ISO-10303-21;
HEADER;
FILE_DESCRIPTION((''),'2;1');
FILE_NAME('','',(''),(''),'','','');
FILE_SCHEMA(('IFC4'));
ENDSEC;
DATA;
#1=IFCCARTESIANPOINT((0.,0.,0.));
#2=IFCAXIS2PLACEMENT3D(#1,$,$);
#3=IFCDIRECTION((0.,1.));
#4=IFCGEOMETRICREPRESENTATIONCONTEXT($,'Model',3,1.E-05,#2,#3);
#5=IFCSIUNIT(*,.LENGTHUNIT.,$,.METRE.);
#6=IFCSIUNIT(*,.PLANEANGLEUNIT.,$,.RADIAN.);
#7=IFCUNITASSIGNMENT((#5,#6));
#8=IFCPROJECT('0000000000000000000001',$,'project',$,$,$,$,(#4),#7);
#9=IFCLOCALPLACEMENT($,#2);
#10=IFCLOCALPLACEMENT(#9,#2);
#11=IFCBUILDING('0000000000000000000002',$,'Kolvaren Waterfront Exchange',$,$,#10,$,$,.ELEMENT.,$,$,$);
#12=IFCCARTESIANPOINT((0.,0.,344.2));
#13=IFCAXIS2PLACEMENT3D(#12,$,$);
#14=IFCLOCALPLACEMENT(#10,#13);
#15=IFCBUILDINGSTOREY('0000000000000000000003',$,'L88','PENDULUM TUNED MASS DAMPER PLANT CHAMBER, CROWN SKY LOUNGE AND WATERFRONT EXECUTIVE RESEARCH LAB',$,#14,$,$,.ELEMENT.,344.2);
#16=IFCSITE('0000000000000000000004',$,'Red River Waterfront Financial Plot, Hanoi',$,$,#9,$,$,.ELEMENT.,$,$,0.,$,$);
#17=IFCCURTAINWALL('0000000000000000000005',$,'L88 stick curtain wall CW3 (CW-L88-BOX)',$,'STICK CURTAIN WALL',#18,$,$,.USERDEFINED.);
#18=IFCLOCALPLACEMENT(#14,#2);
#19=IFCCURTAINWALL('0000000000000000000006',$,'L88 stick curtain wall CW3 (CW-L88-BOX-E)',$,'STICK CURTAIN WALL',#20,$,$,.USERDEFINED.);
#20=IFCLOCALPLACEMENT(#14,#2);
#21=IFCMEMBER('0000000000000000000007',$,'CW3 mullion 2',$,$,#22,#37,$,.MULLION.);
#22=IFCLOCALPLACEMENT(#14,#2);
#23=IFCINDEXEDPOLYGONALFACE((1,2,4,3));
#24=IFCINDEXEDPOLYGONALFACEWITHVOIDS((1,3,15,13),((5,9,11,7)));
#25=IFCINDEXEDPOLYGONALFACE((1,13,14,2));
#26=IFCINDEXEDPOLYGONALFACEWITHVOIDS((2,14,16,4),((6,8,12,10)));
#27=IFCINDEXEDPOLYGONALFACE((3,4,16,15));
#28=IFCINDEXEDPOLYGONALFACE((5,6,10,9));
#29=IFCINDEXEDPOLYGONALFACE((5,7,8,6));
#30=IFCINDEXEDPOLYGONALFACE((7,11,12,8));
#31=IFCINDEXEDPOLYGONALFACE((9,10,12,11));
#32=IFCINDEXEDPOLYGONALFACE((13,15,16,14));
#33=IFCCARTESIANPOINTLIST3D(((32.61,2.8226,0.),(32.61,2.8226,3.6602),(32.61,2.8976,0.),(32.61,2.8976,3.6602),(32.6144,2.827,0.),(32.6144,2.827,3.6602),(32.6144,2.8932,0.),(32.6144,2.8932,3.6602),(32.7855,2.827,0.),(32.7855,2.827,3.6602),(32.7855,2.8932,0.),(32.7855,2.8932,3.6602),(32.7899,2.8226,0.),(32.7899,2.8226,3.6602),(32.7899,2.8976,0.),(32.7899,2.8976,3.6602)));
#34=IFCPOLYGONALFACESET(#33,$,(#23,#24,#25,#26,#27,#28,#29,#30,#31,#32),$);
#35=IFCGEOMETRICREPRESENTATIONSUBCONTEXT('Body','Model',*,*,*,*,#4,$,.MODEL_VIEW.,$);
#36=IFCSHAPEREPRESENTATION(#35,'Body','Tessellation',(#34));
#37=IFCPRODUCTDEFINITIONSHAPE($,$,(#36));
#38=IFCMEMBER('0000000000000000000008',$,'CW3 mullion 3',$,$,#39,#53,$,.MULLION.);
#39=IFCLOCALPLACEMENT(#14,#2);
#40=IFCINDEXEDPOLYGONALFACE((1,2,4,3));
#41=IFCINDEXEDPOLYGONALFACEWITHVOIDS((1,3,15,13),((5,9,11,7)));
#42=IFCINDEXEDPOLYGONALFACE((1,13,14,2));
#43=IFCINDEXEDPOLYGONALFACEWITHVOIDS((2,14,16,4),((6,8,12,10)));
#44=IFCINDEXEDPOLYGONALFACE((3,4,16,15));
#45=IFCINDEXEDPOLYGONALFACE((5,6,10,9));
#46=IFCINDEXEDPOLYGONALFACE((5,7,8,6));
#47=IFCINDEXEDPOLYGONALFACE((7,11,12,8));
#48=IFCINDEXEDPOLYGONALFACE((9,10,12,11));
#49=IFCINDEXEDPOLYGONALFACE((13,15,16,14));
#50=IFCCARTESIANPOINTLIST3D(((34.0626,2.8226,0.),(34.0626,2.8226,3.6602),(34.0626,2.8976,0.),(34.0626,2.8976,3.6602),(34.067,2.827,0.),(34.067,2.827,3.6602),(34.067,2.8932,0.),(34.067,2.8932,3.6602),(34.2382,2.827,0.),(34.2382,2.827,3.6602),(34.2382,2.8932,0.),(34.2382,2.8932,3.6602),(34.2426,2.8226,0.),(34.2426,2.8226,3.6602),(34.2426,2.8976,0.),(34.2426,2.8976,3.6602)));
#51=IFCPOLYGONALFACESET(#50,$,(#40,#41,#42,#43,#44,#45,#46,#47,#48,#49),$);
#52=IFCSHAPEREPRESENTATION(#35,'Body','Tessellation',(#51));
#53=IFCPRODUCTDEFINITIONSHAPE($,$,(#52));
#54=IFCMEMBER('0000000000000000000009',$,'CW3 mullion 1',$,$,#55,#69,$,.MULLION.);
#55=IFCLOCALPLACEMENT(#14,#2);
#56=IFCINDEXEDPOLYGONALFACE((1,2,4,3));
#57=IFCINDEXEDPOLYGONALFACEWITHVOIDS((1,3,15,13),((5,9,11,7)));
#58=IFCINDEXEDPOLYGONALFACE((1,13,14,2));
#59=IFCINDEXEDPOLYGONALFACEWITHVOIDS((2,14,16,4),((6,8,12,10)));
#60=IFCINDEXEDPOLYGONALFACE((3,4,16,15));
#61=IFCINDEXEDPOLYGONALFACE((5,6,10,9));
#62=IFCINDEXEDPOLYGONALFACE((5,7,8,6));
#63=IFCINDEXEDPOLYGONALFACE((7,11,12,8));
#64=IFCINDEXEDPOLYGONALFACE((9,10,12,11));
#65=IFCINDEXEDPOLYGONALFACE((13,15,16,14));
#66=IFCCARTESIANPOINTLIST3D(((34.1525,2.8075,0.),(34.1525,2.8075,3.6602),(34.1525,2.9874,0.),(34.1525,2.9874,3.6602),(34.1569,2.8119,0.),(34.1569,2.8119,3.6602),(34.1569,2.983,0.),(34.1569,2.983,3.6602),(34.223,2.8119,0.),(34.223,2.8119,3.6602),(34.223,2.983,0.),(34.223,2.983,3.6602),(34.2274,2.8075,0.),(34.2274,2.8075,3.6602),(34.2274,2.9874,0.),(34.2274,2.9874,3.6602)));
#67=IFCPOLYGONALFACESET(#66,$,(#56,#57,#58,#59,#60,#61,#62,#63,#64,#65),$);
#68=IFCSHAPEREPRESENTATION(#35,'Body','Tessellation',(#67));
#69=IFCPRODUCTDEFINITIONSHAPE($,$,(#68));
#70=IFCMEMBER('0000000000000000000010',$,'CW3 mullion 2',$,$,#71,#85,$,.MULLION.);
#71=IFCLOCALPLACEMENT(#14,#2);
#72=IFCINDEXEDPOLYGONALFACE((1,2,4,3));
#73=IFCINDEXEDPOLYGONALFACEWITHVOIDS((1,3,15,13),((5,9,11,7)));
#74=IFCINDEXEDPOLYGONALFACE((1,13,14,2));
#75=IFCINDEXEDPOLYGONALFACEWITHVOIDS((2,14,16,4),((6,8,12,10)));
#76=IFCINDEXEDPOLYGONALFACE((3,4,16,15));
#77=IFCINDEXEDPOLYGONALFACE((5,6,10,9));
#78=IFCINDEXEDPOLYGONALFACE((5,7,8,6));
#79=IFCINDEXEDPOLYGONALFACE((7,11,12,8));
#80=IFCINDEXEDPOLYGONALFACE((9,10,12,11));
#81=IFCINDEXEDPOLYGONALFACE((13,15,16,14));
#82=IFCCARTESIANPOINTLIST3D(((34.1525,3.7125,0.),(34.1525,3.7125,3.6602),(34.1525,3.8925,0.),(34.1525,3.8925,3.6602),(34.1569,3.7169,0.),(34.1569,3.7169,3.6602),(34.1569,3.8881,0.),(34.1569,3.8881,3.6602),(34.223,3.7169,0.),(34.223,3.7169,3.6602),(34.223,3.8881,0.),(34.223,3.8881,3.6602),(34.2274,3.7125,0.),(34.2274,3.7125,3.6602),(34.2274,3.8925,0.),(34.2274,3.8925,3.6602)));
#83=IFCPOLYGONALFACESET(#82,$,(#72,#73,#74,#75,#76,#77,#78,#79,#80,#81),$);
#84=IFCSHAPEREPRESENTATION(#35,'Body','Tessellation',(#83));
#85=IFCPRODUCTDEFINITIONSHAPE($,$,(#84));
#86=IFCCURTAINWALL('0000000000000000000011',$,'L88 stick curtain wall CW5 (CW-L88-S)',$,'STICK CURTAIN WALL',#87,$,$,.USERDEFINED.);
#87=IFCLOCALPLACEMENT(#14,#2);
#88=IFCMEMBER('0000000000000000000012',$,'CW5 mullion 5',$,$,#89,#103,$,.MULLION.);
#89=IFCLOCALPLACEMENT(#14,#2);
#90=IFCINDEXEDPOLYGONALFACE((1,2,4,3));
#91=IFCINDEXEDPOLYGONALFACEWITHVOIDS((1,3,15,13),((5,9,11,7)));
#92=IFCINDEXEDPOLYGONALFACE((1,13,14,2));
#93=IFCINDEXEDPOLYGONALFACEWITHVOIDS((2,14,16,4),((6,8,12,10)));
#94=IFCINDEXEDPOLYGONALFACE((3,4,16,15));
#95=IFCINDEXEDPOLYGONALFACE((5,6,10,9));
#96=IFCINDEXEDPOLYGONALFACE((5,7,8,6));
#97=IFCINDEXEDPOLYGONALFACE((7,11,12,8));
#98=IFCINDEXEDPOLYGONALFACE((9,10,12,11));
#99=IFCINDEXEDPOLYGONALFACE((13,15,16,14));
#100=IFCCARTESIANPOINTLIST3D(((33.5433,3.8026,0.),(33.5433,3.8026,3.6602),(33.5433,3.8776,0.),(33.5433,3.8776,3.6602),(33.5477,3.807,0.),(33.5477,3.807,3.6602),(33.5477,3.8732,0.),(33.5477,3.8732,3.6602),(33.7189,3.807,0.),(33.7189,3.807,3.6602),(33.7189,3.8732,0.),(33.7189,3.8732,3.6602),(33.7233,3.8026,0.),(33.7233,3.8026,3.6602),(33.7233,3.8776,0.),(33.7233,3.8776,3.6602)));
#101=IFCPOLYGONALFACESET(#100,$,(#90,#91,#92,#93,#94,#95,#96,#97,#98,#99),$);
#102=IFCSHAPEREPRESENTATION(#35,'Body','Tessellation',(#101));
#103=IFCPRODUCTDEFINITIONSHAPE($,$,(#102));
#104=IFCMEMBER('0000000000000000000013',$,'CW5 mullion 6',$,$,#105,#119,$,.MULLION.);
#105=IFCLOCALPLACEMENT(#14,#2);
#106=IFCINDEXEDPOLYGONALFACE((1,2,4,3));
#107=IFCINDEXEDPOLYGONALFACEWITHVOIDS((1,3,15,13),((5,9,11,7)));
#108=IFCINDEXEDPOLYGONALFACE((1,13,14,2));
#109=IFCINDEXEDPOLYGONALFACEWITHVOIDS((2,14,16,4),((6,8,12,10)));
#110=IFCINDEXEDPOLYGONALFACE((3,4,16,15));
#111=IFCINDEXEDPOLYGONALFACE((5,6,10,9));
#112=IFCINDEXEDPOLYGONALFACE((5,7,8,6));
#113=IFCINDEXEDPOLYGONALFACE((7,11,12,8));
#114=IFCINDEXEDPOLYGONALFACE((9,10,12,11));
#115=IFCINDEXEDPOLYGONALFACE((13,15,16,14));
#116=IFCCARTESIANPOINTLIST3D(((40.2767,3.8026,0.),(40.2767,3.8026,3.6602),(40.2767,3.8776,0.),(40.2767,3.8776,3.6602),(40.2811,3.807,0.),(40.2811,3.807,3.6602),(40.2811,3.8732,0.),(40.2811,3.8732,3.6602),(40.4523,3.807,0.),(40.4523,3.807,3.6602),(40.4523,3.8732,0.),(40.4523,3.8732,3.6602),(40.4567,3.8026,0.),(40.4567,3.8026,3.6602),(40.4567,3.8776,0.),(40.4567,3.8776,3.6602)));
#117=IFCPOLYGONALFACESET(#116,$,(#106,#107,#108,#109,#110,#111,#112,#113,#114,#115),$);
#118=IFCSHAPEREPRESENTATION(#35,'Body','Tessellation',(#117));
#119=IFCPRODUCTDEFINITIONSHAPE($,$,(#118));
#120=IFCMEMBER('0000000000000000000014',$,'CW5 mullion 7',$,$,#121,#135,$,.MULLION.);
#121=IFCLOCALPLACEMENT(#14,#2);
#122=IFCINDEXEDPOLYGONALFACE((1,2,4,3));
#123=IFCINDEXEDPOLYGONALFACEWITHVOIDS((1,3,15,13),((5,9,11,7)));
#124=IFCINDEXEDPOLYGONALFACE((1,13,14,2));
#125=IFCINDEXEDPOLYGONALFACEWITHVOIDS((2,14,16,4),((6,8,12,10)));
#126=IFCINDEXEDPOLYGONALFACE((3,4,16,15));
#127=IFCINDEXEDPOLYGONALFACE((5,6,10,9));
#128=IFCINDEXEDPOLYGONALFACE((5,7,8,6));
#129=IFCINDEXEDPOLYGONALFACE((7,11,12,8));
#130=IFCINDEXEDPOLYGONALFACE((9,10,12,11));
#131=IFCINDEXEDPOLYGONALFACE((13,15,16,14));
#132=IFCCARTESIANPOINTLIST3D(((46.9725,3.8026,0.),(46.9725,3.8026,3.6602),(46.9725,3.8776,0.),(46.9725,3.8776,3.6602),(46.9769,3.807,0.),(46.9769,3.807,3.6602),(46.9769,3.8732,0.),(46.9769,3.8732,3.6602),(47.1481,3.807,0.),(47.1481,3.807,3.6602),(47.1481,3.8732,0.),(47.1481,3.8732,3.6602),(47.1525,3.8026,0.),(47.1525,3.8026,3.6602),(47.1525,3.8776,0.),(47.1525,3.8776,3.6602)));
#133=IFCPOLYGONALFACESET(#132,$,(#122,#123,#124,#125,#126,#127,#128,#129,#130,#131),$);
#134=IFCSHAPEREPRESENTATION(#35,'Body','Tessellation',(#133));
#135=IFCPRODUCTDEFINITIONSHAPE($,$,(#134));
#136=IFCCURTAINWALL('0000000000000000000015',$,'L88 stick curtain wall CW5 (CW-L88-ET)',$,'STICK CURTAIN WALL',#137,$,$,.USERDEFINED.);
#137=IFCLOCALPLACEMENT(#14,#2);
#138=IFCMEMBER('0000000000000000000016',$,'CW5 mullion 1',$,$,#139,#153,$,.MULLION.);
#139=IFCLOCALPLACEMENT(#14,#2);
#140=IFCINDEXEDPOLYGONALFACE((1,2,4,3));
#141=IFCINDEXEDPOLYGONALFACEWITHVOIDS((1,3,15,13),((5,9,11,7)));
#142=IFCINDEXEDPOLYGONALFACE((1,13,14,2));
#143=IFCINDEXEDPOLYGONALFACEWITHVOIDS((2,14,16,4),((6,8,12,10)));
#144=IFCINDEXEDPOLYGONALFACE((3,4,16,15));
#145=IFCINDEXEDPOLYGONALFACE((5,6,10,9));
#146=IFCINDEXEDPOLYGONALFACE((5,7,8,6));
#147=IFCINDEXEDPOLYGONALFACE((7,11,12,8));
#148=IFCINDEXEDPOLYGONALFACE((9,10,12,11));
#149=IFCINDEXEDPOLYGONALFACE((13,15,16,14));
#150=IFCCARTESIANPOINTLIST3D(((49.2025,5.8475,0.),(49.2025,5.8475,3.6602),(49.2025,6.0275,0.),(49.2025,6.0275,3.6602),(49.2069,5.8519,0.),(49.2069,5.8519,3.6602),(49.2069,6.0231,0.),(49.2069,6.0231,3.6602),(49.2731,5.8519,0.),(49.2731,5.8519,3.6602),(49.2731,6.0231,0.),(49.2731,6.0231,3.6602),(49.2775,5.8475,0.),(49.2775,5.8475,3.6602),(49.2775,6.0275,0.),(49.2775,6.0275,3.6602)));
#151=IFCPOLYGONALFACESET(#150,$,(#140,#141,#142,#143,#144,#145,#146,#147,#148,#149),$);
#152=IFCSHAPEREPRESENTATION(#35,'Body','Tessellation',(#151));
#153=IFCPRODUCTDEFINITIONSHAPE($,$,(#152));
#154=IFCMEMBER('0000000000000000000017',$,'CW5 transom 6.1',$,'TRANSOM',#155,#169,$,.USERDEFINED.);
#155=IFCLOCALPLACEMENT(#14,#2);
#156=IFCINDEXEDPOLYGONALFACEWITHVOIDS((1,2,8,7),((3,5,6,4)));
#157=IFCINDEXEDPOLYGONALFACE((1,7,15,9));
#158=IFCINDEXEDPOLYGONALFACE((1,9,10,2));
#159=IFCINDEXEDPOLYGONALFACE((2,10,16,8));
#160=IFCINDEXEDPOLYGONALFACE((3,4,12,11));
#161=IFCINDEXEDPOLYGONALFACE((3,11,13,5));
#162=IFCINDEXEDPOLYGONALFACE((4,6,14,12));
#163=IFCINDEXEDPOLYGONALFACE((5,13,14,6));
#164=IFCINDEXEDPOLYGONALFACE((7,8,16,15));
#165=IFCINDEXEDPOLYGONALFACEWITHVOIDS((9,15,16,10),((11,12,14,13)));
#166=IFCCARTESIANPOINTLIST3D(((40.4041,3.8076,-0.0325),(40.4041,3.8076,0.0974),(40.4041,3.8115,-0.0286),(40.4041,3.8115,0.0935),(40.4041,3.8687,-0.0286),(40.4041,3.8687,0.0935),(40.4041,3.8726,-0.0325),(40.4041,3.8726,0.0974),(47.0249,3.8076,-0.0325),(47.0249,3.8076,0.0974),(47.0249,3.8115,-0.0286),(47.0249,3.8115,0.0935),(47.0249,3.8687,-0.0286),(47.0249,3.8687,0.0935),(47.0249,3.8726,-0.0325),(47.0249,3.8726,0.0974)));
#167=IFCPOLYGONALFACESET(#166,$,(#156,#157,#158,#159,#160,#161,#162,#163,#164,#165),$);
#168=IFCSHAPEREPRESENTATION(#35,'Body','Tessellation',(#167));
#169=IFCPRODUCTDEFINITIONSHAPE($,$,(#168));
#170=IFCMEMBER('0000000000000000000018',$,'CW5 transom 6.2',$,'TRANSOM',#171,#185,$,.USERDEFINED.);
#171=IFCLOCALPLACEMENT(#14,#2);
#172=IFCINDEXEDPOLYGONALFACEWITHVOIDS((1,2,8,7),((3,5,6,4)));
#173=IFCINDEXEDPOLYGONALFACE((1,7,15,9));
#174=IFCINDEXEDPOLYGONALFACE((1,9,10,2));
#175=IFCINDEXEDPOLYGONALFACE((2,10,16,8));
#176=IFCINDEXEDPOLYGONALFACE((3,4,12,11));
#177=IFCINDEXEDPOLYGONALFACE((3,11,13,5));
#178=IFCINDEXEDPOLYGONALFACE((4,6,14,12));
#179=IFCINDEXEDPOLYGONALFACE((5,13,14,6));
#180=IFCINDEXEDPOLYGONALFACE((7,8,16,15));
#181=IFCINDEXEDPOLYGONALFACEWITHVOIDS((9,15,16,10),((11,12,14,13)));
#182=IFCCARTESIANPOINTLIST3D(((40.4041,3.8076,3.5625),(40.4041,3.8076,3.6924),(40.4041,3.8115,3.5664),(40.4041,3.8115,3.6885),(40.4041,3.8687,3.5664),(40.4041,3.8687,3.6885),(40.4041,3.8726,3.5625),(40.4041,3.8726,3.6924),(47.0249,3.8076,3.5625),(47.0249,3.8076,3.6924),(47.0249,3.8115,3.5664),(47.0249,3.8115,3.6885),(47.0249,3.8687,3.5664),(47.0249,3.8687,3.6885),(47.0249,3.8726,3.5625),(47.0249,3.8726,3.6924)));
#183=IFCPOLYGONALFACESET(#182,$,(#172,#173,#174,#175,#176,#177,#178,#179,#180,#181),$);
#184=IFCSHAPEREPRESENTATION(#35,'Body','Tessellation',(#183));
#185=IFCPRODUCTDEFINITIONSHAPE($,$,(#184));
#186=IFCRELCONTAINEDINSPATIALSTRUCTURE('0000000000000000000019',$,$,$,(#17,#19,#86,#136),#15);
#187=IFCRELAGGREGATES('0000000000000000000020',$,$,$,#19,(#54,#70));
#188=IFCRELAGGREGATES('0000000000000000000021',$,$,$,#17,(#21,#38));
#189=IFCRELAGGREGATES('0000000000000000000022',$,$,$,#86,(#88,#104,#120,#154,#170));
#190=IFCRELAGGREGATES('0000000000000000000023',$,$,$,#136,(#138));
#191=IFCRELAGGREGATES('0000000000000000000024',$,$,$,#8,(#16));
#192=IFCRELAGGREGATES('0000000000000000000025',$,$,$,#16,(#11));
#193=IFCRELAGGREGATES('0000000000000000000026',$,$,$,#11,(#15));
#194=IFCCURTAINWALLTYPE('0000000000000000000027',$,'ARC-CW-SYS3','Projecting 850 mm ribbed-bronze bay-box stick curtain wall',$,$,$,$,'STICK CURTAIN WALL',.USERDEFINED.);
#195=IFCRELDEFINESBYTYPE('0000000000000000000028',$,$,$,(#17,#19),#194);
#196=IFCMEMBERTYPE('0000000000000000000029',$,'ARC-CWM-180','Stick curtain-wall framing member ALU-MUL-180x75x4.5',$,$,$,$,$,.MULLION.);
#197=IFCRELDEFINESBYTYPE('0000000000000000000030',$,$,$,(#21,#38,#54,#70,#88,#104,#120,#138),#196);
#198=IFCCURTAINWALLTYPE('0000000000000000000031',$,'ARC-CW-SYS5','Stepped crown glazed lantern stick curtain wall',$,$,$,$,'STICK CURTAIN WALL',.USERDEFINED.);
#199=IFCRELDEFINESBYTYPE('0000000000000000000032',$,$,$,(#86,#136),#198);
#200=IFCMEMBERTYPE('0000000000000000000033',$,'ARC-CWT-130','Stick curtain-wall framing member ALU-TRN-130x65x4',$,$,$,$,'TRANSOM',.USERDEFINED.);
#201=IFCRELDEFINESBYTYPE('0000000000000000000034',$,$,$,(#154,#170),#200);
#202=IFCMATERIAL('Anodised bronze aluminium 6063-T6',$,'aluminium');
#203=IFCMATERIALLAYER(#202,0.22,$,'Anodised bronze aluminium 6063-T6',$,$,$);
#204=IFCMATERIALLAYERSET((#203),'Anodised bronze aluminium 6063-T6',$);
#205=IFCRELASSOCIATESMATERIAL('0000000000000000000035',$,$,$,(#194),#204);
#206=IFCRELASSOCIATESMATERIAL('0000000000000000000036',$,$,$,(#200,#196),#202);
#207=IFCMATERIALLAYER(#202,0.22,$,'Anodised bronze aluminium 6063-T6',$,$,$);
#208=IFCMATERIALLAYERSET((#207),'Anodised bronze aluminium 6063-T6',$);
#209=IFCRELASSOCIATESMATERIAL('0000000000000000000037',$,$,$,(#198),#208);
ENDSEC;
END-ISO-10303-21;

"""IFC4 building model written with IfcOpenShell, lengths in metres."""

from ifc_helpers import new_model, si_unit, direction, frame, origin, origin_with_axes, origin_2d, place, context, subcontext, project, spatial, hollow_rectangle, extrude, source, transform, mapped, material, layer, layer_set, material_profile, profile_set, type_object, element, aggregate, save


model = new_model("IFC4")

# Units and contexts
model_context = context("Model", 3, precision=1e-05, world=origin(), true_north=direction((0.0, 1.0)))
body_context = subcontext(model_context, "Body", "Model", "MODEL_VIEW")
ifc_project = project(units=[si_unit("LENGTHUNIT", "METRE"), si_unit("PLANEANGLEUNIT", "RADIAN")], contexts=[model_context])

# Site, building, storey
site_placement = place(None, origin())
site = spatial("IfcSite", under=ifc_project, at=site_placement, Name="Red River Waterfront Financial Plot, Hanoi", CompositionType="ELEMENT", RefElevation=0.0)
building_placement = place(site_placement, origin())
building = spatial("IfcBuilding", under=site, at=building_placement, Name="Kolvaren Waterfront Exchange", CompositionType="ELEMENT")
storey_placement = place(building_placement, frame((0.0, 0.0, 344.2)))
storey = spatial("IfcBuildingStorey", under=building, at=storey_placement, Name="L88", Description="PENDULUM TUNED MASS DAMPER PLANT CHAMBER, CROWN SKY LOUNGE AND WATERFRONT EXECUTIVE RESEARCH LAB", CompositionType="ELEMENT", Elevation=344.2)

# Curtain walls
ifc_material_1 = material(Name="Anodised bronze aluminium 6063-T6", Category="aluminium")
ifc_layer_1 = layer(ifc_material_1, 0.22, Name="Anodised bronze aluminium 6063-T6")
ifc_layer_set_1 = layer_set([ifc_layer_1], Name="Anodised bronze aluminium 6063-T6")
curtain_wall_type_1 = type_object("IfcCurtainWallType", Name="ARC-CW-SYS3", Description="Projecting 850 mm ribbed-bronze bay-box stick curtain wall", ElementType="STICK CURTAIN WALL", PredefinedType="USERDEFINED", material=ifc_layer_set_1)
curtain_wall_1_placement = place(storey_placement, origin())
curtain_wall_1 = element("IfcCurtainWall", 1, at=curtain_wall_1_placement, inside=storey, type_object=curtain_wall_type_1, Name="L88 stick curtain wall CW3 (CW-L88-BOX)", ObjectType="STICK CURTAIN WALL", PredefinedType="USERDEFINED")
ifc_material_profile_1 = material_profile(ifc_material_1, hollow_rectangle(XDim=0.0649, YDim=0.1299, WallThickness=0.0039, at=origin_2d()), Name="ALU-TRN-130x65x4")
ifc_profile_set_1 = profile_set([ifc_material_profile_1], Name="Anodised bronze aluminium 6063-T6")
member_type_1 = type_object("IfcMemberType", Name="ARC-CWT-130", Description="Stick curtain-wall framing member ALU-TRN-130x65x4", ElementType="TRANSOM", PredefinedType="USERDEFINED", material=ifc_profile_set_1)
curtain_wall_2_placement = place(storey_placement, origin())
curtain_wall_2 = element("IfcCurtainWall", 2, at=curtain_wall_2_placement, inside=storey, type_object=curtain_wall_type_1, Name="L88 stick curtain wall CW3 (CW-L88-BOX-E)", ObjectType="STICK CURTAIN WALL", PredefinedType="USERDEFINED")

# Members
ifc_material_profile_2 = material_profile(ifc_material_1, hollow_rectangle(XDim=0.075, YDim=0.1799, WallThickness=0.0044, at=origin_2d()), Name="ALU-MUL-180x75x4.5")
ifc_profile_set_2 = profile_set([ifc_material_profile_2], Name="Anodised bronze aluminium 6063-T6")
member_type_2 = type_object("IfcMemberType", Name="ARC-CWM-180", Description="Stick curtain-wall framing member ALU-MUL-180x75x4.5", PredefinedType="MULLION", material=ifc_profile_set_2)
shared_shape_1 = source(origin_with_axes(), body_context, "Body", "SweptSolid", [
    extrude(hollow_rectangle(XDim=0.075, YDim=0.1799, WallThickness=0.0044, at=origin_2d()), origin(), (0.0, 0.0, 1.0), 3.6602),
])
member_1_placement = place(storey_placement, frame((32.7, 2.8601, 0.0), z_axis=(0.0, 0.0, 1.0), x_axis=(0.0, 1.0, 0.0)))
member_1 = element("IfcMember", 3, at=member_1_placement, type_object=member_type_2, Name="CW3 mullion 2", PredefinedType="MULLION", context=body_context, shape_type="MappedRepresentation", body=[
    mapped(shared_shape_1, transform((0.0, 0.0, 0.0), x_axis=(1.0, 0.0, 0.0), y_axis=(0.0, 1.0, 0.0), z_axis=(0.0, 0.0, 1.0), scale=1.0)),
])
member_2_placement = place(storey_placement, frame((34.1526, 2.8601, 0.0), z_axis=(0.0, 0.0, 1.0), x_axis=(0.0, 1.0, 0.0)))
member_2 = element("IfcMember", 4, at=member_2_placement, type_object=member_type_2, Name="CW3 mullion 3", PredefinedType="MULLION", context=body_context, shape_type="MappedRepresentation", body=[
    mapped(shared_shape_1, transform((0.0, 0.0, 0.0), x_axis=(1.0, 0.0, 0.0), y_axis=(0.0, 1.0, 0.0), z_axis=(0.0, 0.0, 1.0), scale=1.0)),
])
member_3_placement = place(storey_placement, frame((34.1899, 2.8975, 0.0), z_axis=(0.0, 0.0, 1.0), x_axis=(-1.0, 0.0, 0.0)))
member_3 = element("IfcMember", 5, at=member_3_placement, type_object=member_type_2, Name="CW3 mullion 1", PredefinedType="MULLION", context=body_context, shape_type="MappedRepresentation", body=[
    mapped(shared_shape_1, transform((0.0, 0.0, 0.0), x_axis=(1.0, 0.0, 0.0), y_axis=(0.0, 1.0, 0.0), z_axis=(0.0, 0.0, 1.0), scale=1.0)),
])
member_4_placement = place(storey_placement, frame((34.1899, 3.8025, 0.0), z_axis=(0.0, 0.0, 1.0), x_axis=(-1.0, 0.0, 0.0)))
member_4 = element("IfcMember", 6, at=member_4_placement, type_object=member_type_2, Name="CW3 mullion 2", PredefinedType="MULLION", context=body_context, shape_type="MappedRepresentation", body=[
    mapped(shared_shape_1, transform((0.0, 0.0, 0.0), x_axis=(1.0, 0.0, 0.0), y_axis=(0.0, 1.0, 0.0), z_axis=(0.0, 0.0, 1.0), scale=1.0)),
])

# Curtain wall, members
ifc_layer_2 = layer(ifc_material_1, 0.22, Name="Anodised bronze aluminium 6063-T6")
ifc_layer_set_2 = layer_set([ifc_layer_2], Name="Anodised bronze aluminium 6063-T6")
curtain_wall_type_2 = type_object("IfcCurtainWallType", Name="ARC-CW-SYS5", Description="Stepped crown glazed lantern stick curtain wall", ElementType="STICK CURTAIN WALL", PredefinedType="USERDEFINED", material=ifc_layer_set_2)
curtain_wall_3_placement = place(storey_placement, origin())
curtain_wall_3 = element("IfcCurtainWall", 7, at=curtain_wall_3_placement, inside=storey, type_object=curtain_wall_type_2, Name="L88 stick curtain wall CW5 (CW-L88-S)", ObjectType="STICK CURTAIN WALL", PredefinedType="USERDEFINED")
member_5_placement = place(storey_placement, frame((33.6333, 3.8401, 0.0), z_axis=(0.0, 0.0, 1.0), x_axis=(0.0, 1.0, 0.0)))
member_5 = element("IfcMember", 8, at=member_5_placement, type_object=member_type_2, Name="CW5 mullion 5", PredefinedType="MULLION", context=body_context, shape_type="MappedRepresentation", body=[
    mapped(shared_shape_1, transform((0.0, 0.0, 0.0), x_axis=(1.0, 0.0, 0.0), y_axis=(0.0, 1.0, 0.0), z_axis=(0.0, 0.0, 1.0), scale=1.0)),
])
member_6_placement = place(storey_placement, frame((40.3667, 3.8401, 0.0), z_axis=(0.0, 0.0, 1.0), x_axis=(0.0, 1.0, 0.0)))
member_6 = element("IfcMember", 9, at=member_6_placement, type_object=member_type_2, Name="CW5 mullion 6", PredefinedType="MULLION", context=body_context, shape_type="MappedRepresentation", body=[
    mapped(shared_shape_1, transform((0.0, 0.0, 0.0), x_axis=(1.0, 0.0, 0.0), y_axis=(0.0, 1.0, 0.0), z_axis=(0.0, 0.0, 1.0), scale=1.0)),
])
member_7_placement = place(storey_placement, frame((47.0625, 3.8401, 0.0), z_axis=(0.0, 0.0, 1.0), x_axis=(0.0, 1.0, 0.0)))
member_7 = element("IfcMember", 10, at=member_7_placement, type_object=member_type_2, Name="CW5 mullion 7", PredefinedType="MULLION", context=body_context, shape_type="MappedRepresentation", body=[
    mapped(shared_shape_1, transform((0.0, 0.0, 0.0), x_axis=(1.0, 0.0, 0.0), y_axis=(0.0, 1.0, 0.0), z_axis=(0.0, 0.0, 1.0), scale=1.0)),
])

# Curtain wall, member
curtain_wall_4_placement = place(storey_placement, origin())
curtain_wall_4 = element("IfcCurtainWall", 11, at=curtain_wall_4_placement, inside=storey, type_object=curtain_wall_type_2, Name="L88 stick curtain wall CW5 (CW-L88-ET)", ObjectType="STICK CURTAIN WALL", PredefinedType="USERDEFINED")
member_8_placement = place(storey_placement, frame((49.24, 5.9375, 0.0), z_axis=(0.0, 0.0, 1.0), x_axis=(-1.0, 0.0, 0.0)))
member_8 = element("IfcMember", 12, at=member_8_placement, type_object=member_type_2, Name="CW5 mullion 1", PredefinedType="MULLION", context=body_context, shape_type="MappedRepresentation", body=[
    mapped(shared_shape_1, transform((0.0, 0.0, 0.0), x_axis=(1.0, 0.0, 0.0), y_axis=(0.0, 1.0, 0.0), z_axis=(0.0, 0.0, 1.0), scale=1.0)),
])

# Members
shared_shape_2 = source(origin_with_axes(), body_context, "Body", "SweptSolid", [
    extrude(hollow_rectangle(XDim=0.0649, YDim=0.1299, WallThickness=0.0039, at=origin_2d()), origin(), (0.0, 0.0, 1.0), 6.6208),
])
member_9_placement = place(storey_placement, frame((40.4041, 3.8401, 0.0325), z_axis=(1.0, 0.0, 0.0), x_axis=(0.0, 1.0, 0.0)))
member_9 = element("IfcMember", 13, at=member_9_placement, type_object=member_type_1, Name="CW5 transom 6.1", ObjectType="TRANSOM", PredefinedType="USERDEFINED", context=body_context, shape_type="MappedRepresentation", body=[
    mapped(shared_shape_2, transform((0.0, 0.0, 0.0), x_axis=(1.0, 0.0, 0.0), y_axis=(0.0, 1.0, 0.0), z_axis=(0.0, 0.0, 1.0), scale=1.0)),
])
member_10_placement = place(storey_placement, frame((40.4041, 3.8401, 3.6274), z_axis=(1.0, 0.0, 0.0), x_axis=(0.0, 1.0, 0.0)))
member_10 = element("IfcMember", 14, at=member_10_placement, type_object=member_type_1, Name="CW5 transom 6.2", ObjectType="TRANSOM", PredefinedType="USERDEFINED", context=body_context, shape_type="MappedRepresentation", body=[
    mapped(shared_shape_2, transform((0.0, 0.0, 0.0), x_axis=(1.0, 0.0, 0.0), y_axis=(0.0, 1.0, 0.0), z_axis=(0.0, 0.0, 1.0), scale=1.0)),
])

aggregate(curtain_wall_2, [member_3, member_4])
aggregate(curtain_wall_1, [member_1, member_2])
aggregate(curtain_wall_3, [member_5, member_6, member_7, member_9, member_10])
aggregate(curtain_wall_4, [member_8])

save(model, "model.ifc")
